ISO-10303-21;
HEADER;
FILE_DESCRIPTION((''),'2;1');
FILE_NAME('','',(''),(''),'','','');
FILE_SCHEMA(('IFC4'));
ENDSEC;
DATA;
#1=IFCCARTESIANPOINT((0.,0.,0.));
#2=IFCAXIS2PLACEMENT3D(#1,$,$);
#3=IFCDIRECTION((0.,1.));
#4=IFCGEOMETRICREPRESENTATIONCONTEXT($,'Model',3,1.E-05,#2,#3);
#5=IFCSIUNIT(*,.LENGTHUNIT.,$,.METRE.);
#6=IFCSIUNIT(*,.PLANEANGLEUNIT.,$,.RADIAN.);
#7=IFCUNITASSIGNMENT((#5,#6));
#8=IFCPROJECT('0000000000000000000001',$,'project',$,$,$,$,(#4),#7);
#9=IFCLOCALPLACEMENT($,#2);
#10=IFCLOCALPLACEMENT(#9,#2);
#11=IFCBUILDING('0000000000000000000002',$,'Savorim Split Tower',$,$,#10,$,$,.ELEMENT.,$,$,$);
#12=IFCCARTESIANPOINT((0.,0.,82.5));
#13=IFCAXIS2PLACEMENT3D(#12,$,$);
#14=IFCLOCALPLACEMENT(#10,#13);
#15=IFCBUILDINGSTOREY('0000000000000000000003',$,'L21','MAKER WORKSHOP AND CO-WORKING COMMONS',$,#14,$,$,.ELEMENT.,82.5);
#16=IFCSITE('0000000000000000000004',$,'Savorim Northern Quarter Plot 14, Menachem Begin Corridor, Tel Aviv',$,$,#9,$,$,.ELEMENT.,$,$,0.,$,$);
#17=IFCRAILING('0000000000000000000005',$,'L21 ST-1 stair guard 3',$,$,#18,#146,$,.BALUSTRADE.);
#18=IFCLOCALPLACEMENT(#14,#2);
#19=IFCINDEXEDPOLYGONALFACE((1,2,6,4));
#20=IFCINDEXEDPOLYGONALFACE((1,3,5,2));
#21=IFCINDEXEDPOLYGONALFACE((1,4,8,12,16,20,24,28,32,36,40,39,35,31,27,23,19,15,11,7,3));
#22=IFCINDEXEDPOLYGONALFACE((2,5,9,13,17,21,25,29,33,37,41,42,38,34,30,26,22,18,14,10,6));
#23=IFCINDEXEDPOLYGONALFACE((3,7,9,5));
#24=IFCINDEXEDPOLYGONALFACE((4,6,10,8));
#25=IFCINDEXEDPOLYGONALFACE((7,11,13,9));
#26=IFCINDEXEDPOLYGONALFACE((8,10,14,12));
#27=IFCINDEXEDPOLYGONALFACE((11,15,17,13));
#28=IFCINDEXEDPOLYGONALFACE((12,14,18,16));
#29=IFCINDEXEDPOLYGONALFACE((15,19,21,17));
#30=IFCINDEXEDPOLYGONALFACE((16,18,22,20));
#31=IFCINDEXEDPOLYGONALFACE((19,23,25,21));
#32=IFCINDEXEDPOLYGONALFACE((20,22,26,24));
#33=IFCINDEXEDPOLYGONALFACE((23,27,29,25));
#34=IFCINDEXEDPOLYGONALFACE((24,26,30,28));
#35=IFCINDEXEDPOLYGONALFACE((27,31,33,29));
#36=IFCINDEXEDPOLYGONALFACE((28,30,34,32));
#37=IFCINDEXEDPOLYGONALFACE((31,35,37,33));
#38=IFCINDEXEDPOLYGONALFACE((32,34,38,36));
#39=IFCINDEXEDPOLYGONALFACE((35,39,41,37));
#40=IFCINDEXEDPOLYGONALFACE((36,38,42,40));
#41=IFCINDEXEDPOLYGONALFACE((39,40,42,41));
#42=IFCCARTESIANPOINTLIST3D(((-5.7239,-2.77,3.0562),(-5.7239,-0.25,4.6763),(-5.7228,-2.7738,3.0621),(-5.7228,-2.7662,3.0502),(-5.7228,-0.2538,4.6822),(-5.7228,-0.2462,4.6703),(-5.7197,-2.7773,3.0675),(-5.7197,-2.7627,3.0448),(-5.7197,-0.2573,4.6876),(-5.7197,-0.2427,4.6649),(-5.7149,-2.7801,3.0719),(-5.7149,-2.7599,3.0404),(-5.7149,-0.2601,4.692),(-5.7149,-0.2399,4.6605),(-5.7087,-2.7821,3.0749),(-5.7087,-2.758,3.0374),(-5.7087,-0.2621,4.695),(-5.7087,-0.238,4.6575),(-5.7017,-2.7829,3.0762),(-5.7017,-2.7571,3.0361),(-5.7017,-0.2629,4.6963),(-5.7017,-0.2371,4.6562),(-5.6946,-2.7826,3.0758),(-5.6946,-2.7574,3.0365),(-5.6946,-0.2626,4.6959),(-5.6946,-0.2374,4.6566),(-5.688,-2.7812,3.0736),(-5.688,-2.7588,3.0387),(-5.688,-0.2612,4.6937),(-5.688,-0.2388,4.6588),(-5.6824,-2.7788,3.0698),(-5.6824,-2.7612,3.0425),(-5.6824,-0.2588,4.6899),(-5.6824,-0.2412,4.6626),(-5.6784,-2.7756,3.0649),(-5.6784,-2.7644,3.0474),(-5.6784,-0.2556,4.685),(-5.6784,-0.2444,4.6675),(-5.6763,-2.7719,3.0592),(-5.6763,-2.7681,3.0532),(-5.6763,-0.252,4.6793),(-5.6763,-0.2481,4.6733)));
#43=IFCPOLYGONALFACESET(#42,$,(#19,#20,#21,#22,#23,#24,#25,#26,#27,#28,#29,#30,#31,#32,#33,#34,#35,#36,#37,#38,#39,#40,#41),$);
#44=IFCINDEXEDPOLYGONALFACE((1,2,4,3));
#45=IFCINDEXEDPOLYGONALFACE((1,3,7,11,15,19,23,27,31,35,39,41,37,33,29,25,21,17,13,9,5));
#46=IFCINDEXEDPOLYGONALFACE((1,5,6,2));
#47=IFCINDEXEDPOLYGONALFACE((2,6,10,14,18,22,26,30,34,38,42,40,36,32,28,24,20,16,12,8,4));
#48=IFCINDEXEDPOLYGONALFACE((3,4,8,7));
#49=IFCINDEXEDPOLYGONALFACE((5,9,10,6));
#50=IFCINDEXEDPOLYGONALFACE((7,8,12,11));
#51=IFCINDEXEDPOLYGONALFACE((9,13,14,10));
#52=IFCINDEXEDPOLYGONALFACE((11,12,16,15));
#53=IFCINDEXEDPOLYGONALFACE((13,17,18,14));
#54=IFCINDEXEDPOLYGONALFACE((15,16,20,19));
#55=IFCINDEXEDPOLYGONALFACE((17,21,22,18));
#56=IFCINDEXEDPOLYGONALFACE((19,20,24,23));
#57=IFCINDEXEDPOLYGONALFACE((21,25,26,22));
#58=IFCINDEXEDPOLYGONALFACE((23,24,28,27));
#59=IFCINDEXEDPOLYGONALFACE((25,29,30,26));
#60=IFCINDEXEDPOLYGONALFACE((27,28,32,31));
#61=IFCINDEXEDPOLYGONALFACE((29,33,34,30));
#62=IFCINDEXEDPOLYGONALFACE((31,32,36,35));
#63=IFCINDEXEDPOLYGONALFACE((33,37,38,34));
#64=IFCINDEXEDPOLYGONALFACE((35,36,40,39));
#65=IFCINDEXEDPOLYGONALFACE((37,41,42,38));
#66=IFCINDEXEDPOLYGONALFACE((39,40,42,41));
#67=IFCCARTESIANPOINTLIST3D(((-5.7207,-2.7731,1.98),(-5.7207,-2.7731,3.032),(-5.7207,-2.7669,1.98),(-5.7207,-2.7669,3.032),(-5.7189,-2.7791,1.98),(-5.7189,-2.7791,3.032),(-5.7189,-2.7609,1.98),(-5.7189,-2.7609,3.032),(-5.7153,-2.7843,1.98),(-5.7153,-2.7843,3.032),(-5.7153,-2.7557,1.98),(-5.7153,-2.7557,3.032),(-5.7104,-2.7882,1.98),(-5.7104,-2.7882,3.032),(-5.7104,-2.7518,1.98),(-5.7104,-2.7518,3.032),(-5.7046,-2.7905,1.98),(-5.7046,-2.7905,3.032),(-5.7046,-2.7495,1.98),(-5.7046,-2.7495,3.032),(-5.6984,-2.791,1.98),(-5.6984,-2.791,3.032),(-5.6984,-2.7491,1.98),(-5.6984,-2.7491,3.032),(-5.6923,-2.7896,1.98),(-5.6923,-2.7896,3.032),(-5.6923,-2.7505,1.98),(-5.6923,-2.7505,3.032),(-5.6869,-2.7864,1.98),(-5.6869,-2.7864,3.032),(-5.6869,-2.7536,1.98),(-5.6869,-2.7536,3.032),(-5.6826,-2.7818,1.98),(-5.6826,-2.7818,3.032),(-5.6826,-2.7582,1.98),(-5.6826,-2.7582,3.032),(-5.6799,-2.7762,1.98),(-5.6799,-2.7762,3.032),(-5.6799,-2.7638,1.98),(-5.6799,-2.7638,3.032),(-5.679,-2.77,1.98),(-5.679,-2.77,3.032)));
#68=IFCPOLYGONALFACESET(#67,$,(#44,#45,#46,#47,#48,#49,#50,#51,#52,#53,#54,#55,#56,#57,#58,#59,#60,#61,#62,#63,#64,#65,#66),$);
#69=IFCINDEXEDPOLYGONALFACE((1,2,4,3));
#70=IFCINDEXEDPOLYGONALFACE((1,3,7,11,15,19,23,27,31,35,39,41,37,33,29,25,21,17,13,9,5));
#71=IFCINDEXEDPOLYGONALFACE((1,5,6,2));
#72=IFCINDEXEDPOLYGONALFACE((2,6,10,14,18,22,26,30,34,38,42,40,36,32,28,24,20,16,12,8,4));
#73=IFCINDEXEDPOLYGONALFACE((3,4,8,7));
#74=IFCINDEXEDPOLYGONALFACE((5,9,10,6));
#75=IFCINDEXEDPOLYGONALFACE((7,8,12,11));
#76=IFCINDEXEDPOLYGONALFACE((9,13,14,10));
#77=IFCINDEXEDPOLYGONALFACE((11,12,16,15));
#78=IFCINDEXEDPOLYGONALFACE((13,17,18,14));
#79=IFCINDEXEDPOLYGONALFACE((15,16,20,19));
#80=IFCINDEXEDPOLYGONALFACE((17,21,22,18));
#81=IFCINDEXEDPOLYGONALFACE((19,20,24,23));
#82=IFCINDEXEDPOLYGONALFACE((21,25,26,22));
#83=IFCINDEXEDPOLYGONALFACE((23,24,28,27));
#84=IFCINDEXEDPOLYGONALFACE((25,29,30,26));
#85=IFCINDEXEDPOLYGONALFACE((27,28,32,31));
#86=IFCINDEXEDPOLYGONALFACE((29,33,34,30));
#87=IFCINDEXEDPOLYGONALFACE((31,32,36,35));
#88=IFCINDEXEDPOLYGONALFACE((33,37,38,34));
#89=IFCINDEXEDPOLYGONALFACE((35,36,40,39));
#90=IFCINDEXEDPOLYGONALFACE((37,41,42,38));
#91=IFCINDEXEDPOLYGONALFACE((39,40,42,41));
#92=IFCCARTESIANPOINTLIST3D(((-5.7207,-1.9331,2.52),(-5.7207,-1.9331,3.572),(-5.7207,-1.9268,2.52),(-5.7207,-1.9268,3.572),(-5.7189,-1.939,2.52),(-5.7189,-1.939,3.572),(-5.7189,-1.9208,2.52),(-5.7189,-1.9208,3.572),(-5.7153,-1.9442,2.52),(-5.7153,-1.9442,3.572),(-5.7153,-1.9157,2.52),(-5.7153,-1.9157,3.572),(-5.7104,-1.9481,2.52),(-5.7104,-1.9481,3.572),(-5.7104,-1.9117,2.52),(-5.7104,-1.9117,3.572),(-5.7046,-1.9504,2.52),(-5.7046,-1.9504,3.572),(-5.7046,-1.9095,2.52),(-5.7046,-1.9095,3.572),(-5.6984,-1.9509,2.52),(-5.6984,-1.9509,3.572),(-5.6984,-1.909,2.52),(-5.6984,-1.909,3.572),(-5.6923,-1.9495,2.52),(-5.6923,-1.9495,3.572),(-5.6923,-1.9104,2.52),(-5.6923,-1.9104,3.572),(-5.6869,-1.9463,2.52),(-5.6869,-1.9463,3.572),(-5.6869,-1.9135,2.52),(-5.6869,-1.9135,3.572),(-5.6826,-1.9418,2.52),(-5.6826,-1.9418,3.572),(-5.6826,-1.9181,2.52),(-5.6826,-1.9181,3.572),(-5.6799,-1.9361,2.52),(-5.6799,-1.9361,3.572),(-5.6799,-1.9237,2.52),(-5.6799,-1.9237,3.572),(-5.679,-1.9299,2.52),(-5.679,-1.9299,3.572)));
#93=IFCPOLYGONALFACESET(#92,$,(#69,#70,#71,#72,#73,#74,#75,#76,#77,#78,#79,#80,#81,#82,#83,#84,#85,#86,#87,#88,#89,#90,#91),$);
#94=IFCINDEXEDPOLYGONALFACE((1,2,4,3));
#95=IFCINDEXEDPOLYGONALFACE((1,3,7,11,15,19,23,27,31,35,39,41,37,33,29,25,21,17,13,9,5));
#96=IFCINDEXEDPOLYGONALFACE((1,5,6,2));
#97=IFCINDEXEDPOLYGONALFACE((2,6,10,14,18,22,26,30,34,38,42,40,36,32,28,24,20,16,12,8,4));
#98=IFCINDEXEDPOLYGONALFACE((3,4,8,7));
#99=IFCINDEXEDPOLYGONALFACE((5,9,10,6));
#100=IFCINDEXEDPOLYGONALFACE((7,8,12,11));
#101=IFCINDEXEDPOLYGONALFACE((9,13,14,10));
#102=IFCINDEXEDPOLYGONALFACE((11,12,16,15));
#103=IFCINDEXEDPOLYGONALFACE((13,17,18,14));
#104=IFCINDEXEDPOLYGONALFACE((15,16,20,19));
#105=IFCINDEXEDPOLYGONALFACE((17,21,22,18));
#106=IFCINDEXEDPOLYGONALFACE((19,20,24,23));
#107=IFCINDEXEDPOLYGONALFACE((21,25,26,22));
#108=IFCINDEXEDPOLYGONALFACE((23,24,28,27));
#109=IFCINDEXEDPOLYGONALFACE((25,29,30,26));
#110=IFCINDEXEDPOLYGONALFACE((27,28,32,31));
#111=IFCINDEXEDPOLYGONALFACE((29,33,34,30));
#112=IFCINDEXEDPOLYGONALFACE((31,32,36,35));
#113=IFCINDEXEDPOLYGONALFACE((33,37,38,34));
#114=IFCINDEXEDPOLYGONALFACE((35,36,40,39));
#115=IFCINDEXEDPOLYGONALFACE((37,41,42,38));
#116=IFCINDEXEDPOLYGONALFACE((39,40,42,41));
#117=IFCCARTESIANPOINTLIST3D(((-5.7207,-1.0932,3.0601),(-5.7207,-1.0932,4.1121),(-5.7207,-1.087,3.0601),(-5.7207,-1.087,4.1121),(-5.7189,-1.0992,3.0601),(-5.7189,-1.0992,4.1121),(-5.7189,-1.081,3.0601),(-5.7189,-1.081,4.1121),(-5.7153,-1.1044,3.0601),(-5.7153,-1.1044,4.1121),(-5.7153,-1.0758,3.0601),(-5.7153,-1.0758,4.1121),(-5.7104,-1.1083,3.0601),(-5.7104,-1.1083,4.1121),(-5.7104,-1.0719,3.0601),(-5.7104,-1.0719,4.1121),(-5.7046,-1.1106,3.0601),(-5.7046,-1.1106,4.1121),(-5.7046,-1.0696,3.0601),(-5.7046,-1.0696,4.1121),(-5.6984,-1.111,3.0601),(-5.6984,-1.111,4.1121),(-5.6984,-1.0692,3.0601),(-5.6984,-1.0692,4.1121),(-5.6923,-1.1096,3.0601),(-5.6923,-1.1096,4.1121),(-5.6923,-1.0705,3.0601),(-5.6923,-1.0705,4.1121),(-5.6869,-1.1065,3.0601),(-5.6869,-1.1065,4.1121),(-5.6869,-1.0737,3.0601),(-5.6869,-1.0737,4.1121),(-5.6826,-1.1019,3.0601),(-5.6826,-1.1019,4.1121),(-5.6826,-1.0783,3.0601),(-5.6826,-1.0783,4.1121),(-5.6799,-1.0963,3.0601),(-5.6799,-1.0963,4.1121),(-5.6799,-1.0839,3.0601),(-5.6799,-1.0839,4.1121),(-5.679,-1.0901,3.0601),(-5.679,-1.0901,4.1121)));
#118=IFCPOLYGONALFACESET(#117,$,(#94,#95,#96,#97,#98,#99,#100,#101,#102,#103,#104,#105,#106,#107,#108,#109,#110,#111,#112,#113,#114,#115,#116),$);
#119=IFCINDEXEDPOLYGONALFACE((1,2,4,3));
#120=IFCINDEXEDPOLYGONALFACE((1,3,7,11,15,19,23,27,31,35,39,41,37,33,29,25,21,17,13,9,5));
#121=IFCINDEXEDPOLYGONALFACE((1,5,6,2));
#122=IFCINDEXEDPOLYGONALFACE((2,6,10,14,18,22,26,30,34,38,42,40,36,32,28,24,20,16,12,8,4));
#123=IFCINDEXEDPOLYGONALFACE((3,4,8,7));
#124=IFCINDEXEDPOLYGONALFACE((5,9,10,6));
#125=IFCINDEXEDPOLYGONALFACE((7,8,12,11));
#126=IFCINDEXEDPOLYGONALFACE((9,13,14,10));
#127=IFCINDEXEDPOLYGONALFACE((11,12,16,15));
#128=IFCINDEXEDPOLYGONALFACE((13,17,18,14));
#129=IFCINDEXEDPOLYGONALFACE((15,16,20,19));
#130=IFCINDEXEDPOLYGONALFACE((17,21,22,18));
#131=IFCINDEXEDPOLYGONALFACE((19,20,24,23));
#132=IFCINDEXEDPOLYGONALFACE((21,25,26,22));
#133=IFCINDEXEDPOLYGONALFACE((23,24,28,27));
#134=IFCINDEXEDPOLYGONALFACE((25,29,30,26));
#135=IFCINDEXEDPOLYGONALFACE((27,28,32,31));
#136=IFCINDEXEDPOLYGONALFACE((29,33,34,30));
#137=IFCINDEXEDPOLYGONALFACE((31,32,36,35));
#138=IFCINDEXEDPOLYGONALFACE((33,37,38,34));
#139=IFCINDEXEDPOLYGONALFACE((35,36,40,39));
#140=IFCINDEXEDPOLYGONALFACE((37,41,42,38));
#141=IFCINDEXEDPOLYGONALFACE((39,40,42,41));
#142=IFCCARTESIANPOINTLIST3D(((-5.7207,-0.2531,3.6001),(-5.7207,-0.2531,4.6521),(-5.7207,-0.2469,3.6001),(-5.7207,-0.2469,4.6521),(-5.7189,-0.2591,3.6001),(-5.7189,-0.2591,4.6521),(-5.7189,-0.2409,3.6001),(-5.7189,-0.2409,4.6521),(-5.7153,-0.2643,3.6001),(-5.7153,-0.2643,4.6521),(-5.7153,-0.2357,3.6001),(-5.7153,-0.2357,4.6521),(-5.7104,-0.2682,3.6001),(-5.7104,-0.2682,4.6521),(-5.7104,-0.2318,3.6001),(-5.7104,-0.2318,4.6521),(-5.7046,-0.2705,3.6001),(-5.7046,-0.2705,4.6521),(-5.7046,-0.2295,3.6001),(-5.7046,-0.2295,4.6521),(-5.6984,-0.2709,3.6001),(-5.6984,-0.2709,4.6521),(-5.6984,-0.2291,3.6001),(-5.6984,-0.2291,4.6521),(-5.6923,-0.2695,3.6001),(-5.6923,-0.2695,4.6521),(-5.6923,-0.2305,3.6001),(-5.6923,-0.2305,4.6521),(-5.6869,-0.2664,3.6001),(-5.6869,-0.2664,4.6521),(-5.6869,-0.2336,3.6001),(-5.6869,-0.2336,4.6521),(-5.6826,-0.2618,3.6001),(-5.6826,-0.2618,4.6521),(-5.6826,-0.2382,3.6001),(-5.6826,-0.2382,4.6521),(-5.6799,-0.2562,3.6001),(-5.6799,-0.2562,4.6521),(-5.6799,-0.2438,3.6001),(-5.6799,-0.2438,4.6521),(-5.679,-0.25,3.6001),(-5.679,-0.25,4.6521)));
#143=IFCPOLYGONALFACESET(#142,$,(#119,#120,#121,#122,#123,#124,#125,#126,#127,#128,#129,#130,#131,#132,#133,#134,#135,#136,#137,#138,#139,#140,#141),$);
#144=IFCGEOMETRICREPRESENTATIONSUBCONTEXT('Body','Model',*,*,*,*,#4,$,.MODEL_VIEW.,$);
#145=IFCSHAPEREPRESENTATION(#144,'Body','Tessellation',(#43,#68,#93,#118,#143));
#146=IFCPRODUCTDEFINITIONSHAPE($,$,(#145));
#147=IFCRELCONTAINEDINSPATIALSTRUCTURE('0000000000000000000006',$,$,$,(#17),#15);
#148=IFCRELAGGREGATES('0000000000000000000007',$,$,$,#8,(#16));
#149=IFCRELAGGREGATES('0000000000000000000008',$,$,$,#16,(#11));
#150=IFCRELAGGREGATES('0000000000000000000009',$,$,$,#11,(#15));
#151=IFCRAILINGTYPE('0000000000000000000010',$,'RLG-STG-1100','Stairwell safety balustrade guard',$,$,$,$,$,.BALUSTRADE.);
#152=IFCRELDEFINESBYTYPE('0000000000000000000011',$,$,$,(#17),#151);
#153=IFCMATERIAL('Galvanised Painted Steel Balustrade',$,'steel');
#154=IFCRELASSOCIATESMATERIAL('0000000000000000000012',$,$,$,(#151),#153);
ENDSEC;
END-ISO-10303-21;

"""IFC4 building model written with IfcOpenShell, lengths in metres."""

from ifc_helpers import new_model, si_unit, direction, frame, origin, origin_2d, place, context, subcontext, project, spatial, circle, extrude, material, type_object, element, save


model = new_model("IFC4")

# Units and contexts
model_context = context("Model", 3, precision=1e-05, world=origin(), true_north=direction((0.0, 1.0)))
body_context = subcontext(model_context, "Body", "Model", "MODEL_VIEW")
ifc_project = project(units=[si_unit("LENGTHUNIT", "METRE"), si_unit("PLANEANGLEUNIT", "RADIAN")], contexts=[model_context])

# Site, building, storey
site_placement = place(None, origin())
site = spatial("IfcSite", under=ifc_project, at=site_placement, Name="Savorim Northern Quarter Plot 14, Menachem Begin Corridor, Tel Aviv", CompositionType="ELEMENT", RefElevation=0.0)
building_placement = place(site_placement, origin())
building = spatial("IfcBuilding", under=site, at=building_placement, Name="Savorim Split Tower", CompositionType="ELEMENT")
storey_placement = place(building_placement, frame((0.0, 0.0, 82.5)))
storey = spatial("IfcBuildingStorey", under=building, at=storey_placement, Name="L21", Description="MAKER WORKSHOP AND CO-WORKING COMMONS", CompositionType="ELEMENT", Elevation=82.5)

# Railing
ifc_material_1 = material(Name="Galvanised Painted Steel Balustrade", Category="steel")
railing_type_1 = type_object("IfcRailingType", Name="RLG-STG-1100", Description="Stairwell safety balustrade guard", PredefinedType="BALUSTRADE", material=ifc_material_1)
railing_1_placement = place(storey_placement, frame((-5.7, -2.77, 1.98)))
element("IfcRailing", 1, at=railing_1_placement, inside=storey, type_object=railing_type_1, Name="L21 ST-1 stair guard 3", PredefinedType="BALUSTRADE", context=body_context, shape_type="SweptSolid", body=[
    extrude(circle(Radius=0.0239, at=origin_2d()), frame((0.0, 0.0, 1.0762), z_axis=(0.0, 0.841163, 0.540782), x_axis=(-1.0, 0.0, 0.0)), (0.0, 0.0, 1.0), 2.9958),
    extrude(circle(Radius=0.021, at=origin_2d()), origin(), (0.0, 0.0, 1.0), 1.052),
    extrude(circle(Radius=0.021, at=origin_2d()), frame((0.0, 0.8401, 0.54)), (0.0, 0.0, 1.0), 1.052),
    extrude(circle(Radius=0.021, at=origin_2d()), frame((0.0, 1.6799, 1.0801)), (0.0, 0.0, 1.0), 1.052),
    extrude(circle(Radius=0.021, at=origin_2d()), frame((0.0, 2.52, 1.6201)), (0.0, 0.0, 1.0), 1.052),
])

save(model, "model.ifc")
